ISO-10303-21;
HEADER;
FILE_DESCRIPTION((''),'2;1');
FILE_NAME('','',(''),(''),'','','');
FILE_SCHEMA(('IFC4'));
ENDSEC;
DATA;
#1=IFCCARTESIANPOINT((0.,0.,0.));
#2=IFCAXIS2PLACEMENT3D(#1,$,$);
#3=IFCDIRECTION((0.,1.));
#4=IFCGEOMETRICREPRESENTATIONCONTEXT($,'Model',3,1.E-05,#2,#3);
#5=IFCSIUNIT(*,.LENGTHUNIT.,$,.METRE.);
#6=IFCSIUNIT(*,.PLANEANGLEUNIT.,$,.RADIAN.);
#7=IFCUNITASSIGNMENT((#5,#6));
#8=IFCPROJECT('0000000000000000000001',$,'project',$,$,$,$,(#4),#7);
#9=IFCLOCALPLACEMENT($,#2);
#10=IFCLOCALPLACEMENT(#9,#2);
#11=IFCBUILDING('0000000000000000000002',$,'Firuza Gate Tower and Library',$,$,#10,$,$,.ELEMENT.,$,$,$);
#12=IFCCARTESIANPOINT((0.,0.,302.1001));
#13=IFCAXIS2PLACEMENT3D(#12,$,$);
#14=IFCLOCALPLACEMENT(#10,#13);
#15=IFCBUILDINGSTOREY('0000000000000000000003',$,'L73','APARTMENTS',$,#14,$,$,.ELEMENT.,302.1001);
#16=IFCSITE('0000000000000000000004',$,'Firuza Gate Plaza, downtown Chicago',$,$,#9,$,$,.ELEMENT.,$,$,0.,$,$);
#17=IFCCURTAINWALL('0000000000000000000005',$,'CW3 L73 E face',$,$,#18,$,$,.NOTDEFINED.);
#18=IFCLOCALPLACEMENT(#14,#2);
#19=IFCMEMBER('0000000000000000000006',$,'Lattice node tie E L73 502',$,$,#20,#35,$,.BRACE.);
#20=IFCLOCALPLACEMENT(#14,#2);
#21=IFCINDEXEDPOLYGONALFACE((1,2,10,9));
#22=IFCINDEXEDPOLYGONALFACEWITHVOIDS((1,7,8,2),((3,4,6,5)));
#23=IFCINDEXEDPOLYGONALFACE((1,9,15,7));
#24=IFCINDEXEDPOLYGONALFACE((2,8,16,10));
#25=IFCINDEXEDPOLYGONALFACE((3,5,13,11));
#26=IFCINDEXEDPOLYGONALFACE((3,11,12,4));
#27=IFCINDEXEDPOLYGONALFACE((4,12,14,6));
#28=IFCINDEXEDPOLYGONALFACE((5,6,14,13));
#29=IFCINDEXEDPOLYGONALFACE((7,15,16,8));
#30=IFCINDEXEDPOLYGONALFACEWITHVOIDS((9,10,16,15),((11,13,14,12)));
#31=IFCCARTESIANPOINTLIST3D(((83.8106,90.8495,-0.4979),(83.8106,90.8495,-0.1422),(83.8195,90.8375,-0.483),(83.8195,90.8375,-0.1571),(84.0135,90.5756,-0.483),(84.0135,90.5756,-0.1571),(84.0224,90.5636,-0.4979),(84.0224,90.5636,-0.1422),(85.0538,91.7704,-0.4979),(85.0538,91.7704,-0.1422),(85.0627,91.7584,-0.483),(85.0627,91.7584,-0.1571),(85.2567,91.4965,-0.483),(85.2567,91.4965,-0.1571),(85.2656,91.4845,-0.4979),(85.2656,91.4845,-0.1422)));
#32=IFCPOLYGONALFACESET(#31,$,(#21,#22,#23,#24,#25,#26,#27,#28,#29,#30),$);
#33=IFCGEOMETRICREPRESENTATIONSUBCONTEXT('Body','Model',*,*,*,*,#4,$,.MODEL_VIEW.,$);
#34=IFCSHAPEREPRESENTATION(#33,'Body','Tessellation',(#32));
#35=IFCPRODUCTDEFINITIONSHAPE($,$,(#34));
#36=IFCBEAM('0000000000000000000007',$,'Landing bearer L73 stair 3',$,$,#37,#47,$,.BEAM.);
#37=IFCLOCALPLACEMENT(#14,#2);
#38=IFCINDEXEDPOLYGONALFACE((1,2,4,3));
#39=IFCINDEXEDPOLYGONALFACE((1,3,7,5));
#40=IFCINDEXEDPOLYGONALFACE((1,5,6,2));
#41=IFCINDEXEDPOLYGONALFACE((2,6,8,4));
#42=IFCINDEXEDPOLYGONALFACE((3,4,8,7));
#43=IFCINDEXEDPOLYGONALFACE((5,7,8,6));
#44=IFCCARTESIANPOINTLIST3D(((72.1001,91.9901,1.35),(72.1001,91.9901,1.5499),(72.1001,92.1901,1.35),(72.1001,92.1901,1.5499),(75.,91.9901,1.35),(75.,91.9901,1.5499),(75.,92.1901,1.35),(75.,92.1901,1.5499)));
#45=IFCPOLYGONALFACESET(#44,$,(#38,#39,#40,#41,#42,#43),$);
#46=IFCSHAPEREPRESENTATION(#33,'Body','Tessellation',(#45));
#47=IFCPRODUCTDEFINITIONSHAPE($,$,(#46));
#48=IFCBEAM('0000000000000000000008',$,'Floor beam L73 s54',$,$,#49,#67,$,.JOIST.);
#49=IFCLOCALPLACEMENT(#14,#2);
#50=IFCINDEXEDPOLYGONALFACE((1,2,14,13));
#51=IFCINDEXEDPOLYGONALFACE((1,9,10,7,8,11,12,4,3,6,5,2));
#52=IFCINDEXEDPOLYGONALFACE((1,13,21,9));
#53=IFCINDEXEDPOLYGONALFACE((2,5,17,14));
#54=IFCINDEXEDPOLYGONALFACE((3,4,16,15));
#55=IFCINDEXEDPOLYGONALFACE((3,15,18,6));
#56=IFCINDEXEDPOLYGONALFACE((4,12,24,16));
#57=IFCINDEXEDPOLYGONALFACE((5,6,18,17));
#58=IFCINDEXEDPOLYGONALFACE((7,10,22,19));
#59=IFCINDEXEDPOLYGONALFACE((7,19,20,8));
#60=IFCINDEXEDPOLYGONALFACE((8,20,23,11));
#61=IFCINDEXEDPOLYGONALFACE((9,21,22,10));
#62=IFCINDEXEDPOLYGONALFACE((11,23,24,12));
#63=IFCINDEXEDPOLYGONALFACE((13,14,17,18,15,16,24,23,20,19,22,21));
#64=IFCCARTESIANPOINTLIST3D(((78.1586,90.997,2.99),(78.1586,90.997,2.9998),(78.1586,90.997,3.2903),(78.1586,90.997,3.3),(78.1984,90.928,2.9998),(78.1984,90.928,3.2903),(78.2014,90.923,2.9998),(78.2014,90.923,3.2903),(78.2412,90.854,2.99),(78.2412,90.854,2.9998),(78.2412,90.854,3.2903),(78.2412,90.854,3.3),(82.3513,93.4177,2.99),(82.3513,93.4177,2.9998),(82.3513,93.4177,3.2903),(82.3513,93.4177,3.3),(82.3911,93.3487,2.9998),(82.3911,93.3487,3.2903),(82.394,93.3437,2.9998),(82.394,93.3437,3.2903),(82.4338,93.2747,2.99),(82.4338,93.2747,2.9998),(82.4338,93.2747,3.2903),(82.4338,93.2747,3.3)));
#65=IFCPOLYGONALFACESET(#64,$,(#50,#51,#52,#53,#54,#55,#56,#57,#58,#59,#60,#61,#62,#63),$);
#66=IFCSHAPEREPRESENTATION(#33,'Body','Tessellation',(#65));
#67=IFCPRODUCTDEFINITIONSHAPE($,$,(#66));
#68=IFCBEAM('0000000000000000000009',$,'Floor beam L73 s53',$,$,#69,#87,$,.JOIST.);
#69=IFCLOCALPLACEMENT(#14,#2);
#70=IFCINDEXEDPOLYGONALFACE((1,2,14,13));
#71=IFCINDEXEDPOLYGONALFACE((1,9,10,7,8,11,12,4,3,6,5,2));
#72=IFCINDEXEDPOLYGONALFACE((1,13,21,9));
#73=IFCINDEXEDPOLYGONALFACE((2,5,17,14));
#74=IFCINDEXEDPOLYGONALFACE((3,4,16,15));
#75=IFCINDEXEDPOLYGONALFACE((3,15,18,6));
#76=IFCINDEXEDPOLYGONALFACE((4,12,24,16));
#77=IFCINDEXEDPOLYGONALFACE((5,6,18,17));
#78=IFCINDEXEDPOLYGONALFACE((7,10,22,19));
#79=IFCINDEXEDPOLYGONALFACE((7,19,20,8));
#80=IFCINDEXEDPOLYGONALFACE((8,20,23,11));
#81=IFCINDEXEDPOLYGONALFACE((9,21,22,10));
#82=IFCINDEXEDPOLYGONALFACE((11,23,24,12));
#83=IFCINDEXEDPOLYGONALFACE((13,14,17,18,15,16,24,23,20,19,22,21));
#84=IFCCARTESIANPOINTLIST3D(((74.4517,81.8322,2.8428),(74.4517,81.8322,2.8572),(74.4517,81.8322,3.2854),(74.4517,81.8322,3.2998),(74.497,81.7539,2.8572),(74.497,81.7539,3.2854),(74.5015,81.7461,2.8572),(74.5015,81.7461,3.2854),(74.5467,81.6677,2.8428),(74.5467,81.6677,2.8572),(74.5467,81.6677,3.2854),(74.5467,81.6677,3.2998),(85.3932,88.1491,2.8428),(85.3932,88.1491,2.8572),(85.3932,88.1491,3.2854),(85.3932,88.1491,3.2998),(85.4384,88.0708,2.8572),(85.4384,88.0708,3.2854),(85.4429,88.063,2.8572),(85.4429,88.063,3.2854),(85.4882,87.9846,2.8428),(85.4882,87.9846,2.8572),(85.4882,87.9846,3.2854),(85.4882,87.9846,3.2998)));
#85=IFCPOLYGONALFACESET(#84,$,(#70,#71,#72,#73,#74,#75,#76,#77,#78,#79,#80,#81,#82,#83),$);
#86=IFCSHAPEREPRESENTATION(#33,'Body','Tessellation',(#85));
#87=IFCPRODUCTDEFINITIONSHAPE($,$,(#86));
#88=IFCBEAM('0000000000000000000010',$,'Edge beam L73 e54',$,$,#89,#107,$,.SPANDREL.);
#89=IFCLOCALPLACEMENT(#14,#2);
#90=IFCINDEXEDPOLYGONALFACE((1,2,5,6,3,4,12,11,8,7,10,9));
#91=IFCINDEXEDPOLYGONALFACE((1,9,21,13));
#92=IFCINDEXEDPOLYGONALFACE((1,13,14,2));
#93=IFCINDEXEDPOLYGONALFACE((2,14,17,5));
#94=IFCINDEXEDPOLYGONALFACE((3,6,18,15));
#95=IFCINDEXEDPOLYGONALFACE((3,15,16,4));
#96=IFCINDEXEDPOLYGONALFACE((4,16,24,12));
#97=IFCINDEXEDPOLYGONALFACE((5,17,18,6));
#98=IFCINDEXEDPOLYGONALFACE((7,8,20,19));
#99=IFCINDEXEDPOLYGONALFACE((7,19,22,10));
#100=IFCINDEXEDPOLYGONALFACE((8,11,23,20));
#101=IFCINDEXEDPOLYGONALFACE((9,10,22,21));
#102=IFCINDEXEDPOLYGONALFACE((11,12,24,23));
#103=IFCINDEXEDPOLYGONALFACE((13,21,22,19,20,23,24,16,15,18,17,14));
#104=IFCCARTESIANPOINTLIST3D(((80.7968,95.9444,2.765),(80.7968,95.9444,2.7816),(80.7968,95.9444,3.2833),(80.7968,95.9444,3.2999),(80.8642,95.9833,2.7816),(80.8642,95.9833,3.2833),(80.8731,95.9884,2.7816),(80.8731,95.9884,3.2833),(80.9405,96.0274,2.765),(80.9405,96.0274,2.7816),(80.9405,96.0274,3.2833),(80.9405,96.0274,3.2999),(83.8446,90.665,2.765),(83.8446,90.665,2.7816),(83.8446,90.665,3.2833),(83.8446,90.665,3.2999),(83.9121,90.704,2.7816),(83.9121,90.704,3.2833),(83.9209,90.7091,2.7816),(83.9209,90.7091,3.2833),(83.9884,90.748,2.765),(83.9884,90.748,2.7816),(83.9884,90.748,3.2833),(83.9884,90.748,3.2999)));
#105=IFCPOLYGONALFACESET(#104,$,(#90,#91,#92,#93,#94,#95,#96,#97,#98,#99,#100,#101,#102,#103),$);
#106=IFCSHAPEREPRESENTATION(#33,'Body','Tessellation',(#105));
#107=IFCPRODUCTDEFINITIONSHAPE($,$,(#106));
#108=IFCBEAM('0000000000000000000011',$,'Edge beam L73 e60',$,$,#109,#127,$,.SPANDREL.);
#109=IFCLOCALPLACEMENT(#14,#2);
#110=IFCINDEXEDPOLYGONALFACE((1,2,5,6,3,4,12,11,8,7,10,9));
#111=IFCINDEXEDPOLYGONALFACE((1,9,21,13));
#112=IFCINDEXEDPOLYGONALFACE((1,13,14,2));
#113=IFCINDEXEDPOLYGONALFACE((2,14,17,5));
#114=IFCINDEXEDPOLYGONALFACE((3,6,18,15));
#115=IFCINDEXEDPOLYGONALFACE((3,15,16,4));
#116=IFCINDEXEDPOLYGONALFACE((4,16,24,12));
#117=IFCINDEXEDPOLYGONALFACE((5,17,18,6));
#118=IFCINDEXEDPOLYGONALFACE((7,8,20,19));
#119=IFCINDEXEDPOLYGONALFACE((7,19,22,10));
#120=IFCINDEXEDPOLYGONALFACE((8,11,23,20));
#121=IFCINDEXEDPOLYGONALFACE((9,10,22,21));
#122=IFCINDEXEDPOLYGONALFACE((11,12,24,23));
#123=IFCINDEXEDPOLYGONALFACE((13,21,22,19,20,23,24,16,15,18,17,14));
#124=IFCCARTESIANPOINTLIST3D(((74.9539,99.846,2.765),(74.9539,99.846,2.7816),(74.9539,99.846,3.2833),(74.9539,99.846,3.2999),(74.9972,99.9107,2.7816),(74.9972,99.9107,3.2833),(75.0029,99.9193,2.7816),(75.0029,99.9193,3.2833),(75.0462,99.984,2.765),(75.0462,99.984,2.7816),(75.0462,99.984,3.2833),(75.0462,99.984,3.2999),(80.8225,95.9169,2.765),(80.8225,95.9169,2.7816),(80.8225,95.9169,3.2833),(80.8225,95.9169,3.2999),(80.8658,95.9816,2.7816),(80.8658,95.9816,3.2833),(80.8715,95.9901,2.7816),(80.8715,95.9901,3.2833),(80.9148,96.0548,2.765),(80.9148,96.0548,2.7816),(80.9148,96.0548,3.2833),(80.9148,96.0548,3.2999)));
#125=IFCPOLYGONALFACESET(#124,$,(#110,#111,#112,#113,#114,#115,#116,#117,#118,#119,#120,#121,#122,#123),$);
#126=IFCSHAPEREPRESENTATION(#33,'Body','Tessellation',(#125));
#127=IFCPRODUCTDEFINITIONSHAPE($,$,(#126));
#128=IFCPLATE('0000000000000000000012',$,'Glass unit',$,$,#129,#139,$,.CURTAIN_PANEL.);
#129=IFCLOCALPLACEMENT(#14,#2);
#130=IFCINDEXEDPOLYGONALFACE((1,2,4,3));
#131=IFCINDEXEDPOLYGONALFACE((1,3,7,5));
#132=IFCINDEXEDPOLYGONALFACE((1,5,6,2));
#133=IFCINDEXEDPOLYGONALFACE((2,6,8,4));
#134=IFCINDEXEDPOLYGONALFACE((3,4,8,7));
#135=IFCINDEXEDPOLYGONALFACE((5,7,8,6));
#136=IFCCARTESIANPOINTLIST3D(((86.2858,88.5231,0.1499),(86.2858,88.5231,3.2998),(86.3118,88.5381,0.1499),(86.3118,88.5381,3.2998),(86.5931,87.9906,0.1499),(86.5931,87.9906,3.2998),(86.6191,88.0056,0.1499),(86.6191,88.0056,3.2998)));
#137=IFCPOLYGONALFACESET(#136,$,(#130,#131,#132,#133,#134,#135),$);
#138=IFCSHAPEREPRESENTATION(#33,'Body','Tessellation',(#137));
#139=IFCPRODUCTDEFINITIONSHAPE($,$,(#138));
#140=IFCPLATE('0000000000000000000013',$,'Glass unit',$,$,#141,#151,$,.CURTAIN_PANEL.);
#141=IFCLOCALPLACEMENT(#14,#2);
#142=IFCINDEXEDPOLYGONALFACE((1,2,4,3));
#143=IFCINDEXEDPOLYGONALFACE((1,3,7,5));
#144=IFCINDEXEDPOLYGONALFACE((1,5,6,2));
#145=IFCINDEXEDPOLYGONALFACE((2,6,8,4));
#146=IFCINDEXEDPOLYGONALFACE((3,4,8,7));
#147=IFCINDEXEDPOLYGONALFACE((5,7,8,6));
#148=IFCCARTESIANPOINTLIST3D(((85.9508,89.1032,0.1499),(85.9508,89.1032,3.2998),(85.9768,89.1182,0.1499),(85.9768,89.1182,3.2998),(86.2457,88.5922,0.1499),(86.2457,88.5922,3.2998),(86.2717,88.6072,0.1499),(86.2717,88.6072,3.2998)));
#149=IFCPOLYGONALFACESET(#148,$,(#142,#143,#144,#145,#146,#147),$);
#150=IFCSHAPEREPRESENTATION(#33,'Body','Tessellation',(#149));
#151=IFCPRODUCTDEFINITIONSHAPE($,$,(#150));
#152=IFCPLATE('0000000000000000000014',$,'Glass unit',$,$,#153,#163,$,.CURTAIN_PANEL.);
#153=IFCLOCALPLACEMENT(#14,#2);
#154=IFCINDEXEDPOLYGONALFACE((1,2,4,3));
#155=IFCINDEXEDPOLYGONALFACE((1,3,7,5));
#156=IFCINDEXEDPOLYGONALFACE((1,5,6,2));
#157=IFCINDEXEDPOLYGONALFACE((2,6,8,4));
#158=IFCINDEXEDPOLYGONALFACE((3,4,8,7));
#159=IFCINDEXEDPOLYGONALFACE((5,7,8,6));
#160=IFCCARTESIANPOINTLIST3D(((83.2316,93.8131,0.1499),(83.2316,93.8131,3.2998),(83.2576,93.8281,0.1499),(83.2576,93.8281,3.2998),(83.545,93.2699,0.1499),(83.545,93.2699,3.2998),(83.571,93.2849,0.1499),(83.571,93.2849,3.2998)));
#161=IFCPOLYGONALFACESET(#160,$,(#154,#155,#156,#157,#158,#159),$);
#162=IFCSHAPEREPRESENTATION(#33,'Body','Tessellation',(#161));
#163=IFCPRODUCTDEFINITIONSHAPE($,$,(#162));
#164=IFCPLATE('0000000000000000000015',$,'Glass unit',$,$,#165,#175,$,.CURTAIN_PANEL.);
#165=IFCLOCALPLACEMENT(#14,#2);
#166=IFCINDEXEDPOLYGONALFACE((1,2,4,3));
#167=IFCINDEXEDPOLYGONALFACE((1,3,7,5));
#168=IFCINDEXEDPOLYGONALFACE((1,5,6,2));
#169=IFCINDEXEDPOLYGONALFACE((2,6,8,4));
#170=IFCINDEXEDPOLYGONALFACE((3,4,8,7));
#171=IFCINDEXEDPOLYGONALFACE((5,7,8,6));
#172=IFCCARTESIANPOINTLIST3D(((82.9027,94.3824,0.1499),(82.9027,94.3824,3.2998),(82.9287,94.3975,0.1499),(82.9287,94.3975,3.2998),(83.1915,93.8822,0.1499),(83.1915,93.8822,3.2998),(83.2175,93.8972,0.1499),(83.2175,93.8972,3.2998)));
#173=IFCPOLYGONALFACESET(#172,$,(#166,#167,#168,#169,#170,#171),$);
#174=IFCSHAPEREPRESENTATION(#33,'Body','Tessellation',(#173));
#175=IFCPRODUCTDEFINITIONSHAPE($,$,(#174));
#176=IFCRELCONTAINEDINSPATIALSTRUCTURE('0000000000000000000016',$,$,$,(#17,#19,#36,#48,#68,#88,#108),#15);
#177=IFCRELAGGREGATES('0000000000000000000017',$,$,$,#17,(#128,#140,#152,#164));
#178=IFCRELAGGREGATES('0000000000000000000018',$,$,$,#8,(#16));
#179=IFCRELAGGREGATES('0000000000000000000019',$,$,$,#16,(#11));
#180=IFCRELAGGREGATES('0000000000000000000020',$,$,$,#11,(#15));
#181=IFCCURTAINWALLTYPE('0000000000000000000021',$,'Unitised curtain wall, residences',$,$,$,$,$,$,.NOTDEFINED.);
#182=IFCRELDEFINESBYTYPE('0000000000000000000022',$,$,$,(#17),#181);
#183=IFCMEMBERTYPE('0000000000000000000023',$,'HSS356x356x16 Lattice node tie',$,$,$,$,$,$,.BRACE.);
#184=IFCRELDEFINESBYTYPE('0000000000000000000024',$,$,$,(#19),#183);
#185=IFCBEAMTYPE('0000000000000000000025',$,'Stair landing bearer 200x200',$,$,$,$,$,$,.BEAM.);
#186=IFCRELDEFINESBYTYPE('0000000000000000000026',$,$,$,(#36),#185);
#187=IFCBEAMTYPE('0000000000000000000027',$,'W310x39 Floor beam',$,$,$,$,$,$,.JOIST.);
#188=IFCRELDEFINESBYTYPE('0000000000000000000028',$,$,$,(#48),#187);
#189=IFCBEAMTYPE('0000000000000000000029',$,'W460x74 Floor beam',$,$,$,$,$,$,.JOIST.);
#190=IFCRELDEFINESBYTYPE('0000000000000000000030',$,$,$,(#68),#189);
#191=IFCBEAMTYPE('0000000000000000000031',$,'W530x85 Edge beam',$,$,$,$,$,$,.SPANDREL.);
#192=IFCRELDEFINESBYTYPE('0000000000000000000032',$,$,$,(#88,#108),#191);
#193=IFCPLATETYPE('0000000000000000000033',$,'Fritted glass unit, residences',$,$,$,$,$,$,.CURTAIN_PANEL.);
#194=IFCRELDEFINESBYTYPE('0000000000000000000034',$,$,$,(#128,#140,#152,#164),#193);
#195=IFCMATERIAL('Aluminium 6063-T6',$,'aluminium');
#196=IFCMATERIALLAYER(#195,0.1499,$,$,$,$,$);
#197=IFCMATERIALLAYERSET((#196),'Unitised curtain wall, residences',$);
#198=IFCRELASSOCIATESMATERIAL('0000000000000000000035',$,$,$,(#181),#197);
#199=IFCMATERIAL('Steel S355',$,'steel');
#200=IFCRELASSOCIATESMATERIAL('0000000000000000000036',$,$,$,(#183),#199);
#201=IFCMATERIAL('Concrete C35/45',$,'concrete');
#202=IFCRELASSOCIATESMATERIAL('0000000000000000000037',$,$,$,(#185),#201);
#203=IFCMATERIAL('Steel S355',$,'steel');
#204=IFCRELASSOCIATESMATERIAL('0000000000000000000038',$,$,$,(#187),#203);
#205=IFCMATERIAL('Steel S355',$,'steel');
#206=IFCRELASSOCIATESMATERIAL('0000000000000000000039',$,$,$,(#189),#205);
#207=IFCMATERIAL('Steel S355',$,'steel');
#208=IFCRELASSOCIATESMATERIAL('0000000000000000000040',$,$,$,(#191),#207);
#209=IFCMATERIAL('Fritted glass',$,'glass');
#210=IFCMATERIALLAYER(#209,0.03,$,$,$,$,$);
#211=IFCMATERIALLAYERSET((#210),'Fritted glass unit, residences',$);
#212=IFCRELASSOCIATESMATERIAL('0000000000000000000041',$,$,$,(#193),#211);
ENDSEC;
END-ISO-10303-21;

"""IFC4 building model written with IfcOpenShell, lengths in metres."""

from ifc_helpers import new_model, si_unit, direction, frame, origin, origin_2d, place, context, subcontext, project, spatial, polyline, rectangle, hollow_rectangle, i_section, outline, extrude, material, layer, layer_set, material_profile, profile_set, type_object, element, aggregate, save


model = new_model("IFC4")

# Units and contexts
model_context = context("Model", 3, precision=1e-05, world=origin(), true_north=direction((0.0, 1.0)))
body_context = subcontext(model_context, "Body", "Model", "MODEL_VIEW")
ifc_project = project(units=[si_unit("LENGTHUNIT", "METRE"), si_unit("PLANEANGLEUNIT", "RADIAN")], contexts=[model_context])

# Site, building, storey
site_placement = place(None, origin())
site = spatial("IfcSite", under=ifc_project, at=site_placement, Name="Firuza Gate Plaza, downtown Chicago", CompositionType="ELEMENT", RefElevation=0.0)
building_placement = place(site_placement, origin())
building = spatial("IfcBuilding", under=site, at=building_placement, Name="Firuza Gate Tower and Library", CompositionType="ELEMENT")
storey_placement = place(building_placement, frame((0.0, 0.0, 302.1001)))
storey = spatial("IfcBuildingStorey", under=building, at=storey_placement, Name="L73", Description="APARTMENTS", CompositionType="ELEMENT", Elevation=302.1001)

# Curtain wall
ifc_material_1 = material(Name="Aluminium 6063-T6", Category="aluminium")
ifc_layer_1 = layer(ifc_material_1, 0.1499)
ifc_layer_set_1 = layer_set([ifc_layer_1], Name="Unitised curtain wall, residences")
curtain_wall_type = type_object("IfcCurtainWallType", Name="Unitised curtain wall, residences", PredefinedType="NOTDEFINED", material=ifc_layer_set_1)
placement = place(storey_placement, origin())
curtain_wall = element("IfcCurtainWall", 1, at=placement, inside=storey, type_object=curtain_wall_type, Name="CW3 L73 E face", PredefinedType="NOTDEFINED")

# Member
ifc_material_2 = material(Name="Steel S355", Category="steel")
ifc_material_profile_1 = material_profile(ifc_material_2, hollow_rectangle(XDim=0.3557, YDim=0.3557, WallThickness=0.0149, at=origin_2d()))
ifc_profile_set_1 = profile_set([ifc_material_profile_1], Name="Steel S355")
member_type_1 = type_object("IfcMemberType", Name="HSS356x356x16 Lattice node tie", PredefinedType="BRACE", material=ifc_profile_set_1)
member_1_placement = place(storey_placement, frame((83.9165, 90.7065, -0.3201), z_axis=(0.803546, 0.595243, 0.0), x_axis=(-0.595243, 0.803546, 0.0)))
element("IfcMember", 2, at=member_1_placement, inside=storey, type_object=member_type_1, Name="Lattice node tie E L73 502", PredefinedType="BRACE", context=body_context, shape_type="SweptSolid", body=[
    extrude(hollow_rectangle(XDim=0.3557, YDim=0.3557, WallThickness=0.0149, at=origin_2d()), origin(), (0.0, 0.0, 1.0), 1.5471),
])

# Beams
ifc_material_3 = material(Name="Concrete C35/45", Category="concrete")
ifc_material_profile_2 = material_profile(ifc_material_3, rectangle(XDim=0.2, YDim=0.2, at=origin_2d()))
ifc_profile_set_2 = profile_set([ifc_material_profile_2], Name="Concrete C35/45")
beam_type_1 = type_object("IfcBeamType", Name="Stair landing bearer 200x200", PredefinedType="BEAM", material=ifc_profile_set_2)
beam_1_placement = place(storey_placement, frame((75.0, 92.0901, 1.45), z_axis=(-1.0, 0.0, 0.0), x_axis=(0.0, -1.0, 0.0)))
element("IfcBeam", 3, at=beam_1_placement, inside=storey, type_object=beam_type_1, Name="Landing bearer L73 stair 3", PredefinedType="BEAM", context=body_context, shape_type="SweptSolid", body=[
    extrude(rectangle(XDim=0.2, YDim=0.2, at=origin_2d()), origin(), (0.0, 0.0, 1.0), 2.8999),
])
ifc_material_4 = material(Name="Steel S355", Category="steel")
ifc_material_profile_3 = material_profile(ifc_material_4, i_section(OverallWidth=0.165, OverallDepth=0.3101, WebThickness=0.0059, FlangeThickness=0.0098, at=origin_2d()))
ifc_profile_set_3 = profile_set([ifc_material_profile_3], Name="Steel S355")
beam_type_2 = type_object("IfcBeamType", Name="W310x39 Floor beam", PredefinedType="JOIST", material=ifc_profile_set_3)
beam_2_placement = place(storey_placement, frame((82.3926, 93.3462, 3.145), z_axis=(-0.866022, -0.500006, 0.0), x_axis=(0.500006, -0.866022, 0.0)))
element("IfcBeam", 4, at=beam_2_placement, inside=storey, type_object=beam_type_2, Name="Floor beam L73 s54", PredefinedType="JOIST", context=body_context, shape_type="SweptSolid", body=[
    extrude(i_section(OverallWidth=0.165, OverallDepth=0.3101, WebThickness=0.0059, FlangeThickness=0.0098, at=origin_2d()), origin(), (0.0, 0.0, 1.0), 4.8413),
])
ifc_material_5 = material(Name="Steel S355", Category="steel")
ifc_material_profile_4 = material_profile(ifc_material_5, i_section(OverallWidth=0.1899, OverallDepth=0.457, WebThickness=0.009, FlangeThickness=0.0144, at=origin_2d()))
ifc_profile_set_4 = profile_set([ifc_material_profile_4], Name="Steel S355")
beam_type_3 = type_object("IfcBeamType", Name="W460x74 Floor beam", PredefinedType="JOIST", material=ifc_profile_set_4)
beam_3_placement = place(storey_placement, frame((85.4407, 88.0669, 3.0713), z_axis=(-0.86603, -0.499992, 0.0), x_axis=(0.499992, -0.86603, 0.0)))
element("IfcBeam", 5, at=beam_3_placement, inside=storey, type_object=beam_type_3, Name="Floor beam L73 s53", PredefinedType="JOIST", context=body_context, shape_type="SweptSolid", body=[
    extrude(i_section(OverallWidth=0.1899, OverallDepth=0.457, WebThickness=0.009, FlangeThickness=0.0144, at=origin_2d()), origin(), (0.0, 0.0, 1.0), 12.634),
])
ifc_material_6 = material(Name="Steel S355", Category="steel")
ifc_material_profile_5 = material_profile(ifc_material_6, i_section(OverallWidth=0.166, OverallDepth=0.5349, WebThickness=0.0103, FlangeThickness=0.0166, at=origin_2d()))
ifc_profile_set_5 = profile_set([ifc_material_profile_5], Name="Steel S355")
beam_type_4 = type_object("IfcBeamType", Name="W530x85 Edge beam", PredefinedType="SPANDREL", material=ifc_profile_set_5)
beam_4_placement = place(storey_placement, frame((83.9165, 90.7065, 3.0325), z_axis=(-0.499981, 0.866036, 0.0), x_axis=(-0.866036, -0.499981, 0.0)))
element("IfcBeam", 6, at=beam_4_placement, inside=storey, type_object=beam_type_4, Name="Edge beam L73 e54", PredefinedType="SPANDREL", context=body_context, shape_type="SweptSolid", body=[
    extrude(i_section(OverallWidth=0.166, OverallDepth=0.5349, WebThickness=0.0103, FlangeThickness=0.0166, at=origin_2d()), origin(), (0.0, 0.0, 1.0), 6.0959),
])
beam_5_placement = place(storey_placement, frame((80.8687, 95.9858, 3.0325), z_axis=(-0.830953, 0.556342, 0.0), x_axis=(-0.556342, -0.830953, 0.0)))
element("IfcBeam", 7, at=beam_5_placement, inside=storey, type_object=beam_type_4, Name="Edge beam L73 e60", PredefinedType="SPANDREL", context=body_context, shape_type="SweptSolid", body=[
    extrude(i_section(OverallWidth=0.166, OverallDepth=0.5349, WebThickness=0.0103, FlangeThickness=0.0166, at=origin_2d()), origin(), (0.0, 0.0, 1.0), 7.0625),
])

# Plates
ifc_material_7 = material(Name="Fritted glass", Category="glass")
ifc_layer_2 = layer(ifc_material_7, 0.03)
ifc_layer_set_2 = layer_set([ifc_layer_2], Name="Fritted glass unit, residences")
plate_type_1 = type_object("IfcPlateType", Name="Fritted glass unit, residences", PredefinedType="CURTAIN_PANEL", material=ifc_layer_set_2)
plate_1_placement = place(storey_placement, frame((86.6191, 88.0056, 0.1499), z_axis=(0.86606, 0.49994, 0.0), x_axis=(-0.49994, 0.86606, 0.0)))
plate_1 = element("IfcPlate", 8, at=plate_1_placement, type_object=plate_type_1, Name="Glass unit", PredefinedType="CURTAIN_PANEL", context=body_context, shape_type="SweptSolid", body=[
    extrude(outline(polyline([(0.0, 0.0), (0.6148, 0.0), (0.6148, 3.1499), (0.0, 3.1499), (0.0, 0.0)])), origin(), (0.0, 0.0, -1.0), 0.03),
])
plate_2_placement = place(storey_placement, frame((86.2717, 88.6072, 0.1499), z_axis=(0.866096, 0.499878, 0.0), x_axis=(-0.499878, 0.866096, 0.0)))
plate_2 = element("IfcPlate", 9, at=plate_2_placement, type_object=plate_type_1, Name="Glass unit", PredefinedType="CURTAIN_PANEL", context=body_context, shape_type="SweptSolid", body=[
    extrude(outline(polyline([(0.0, 0.0), (0.59, 0.0), (0.59, 3.1499), (0.0, 3.1499), (0.0, 0.0)])), origin(), (0.0, 0.0, -1.0), 0.03),
])
plate_3_placement = place(storey_placement, frame((83.571, 93.2849, 0.1499), z_axis=(0.866127, 0.499824, 0.0), x_axis=(-0.499824, 0.866127, 0.0)))
plate_3 = element("IfcPlate", 10, at=plate_3_placement, type_object=plate_type_1, Name="Glass unit", PredefinedType="CURTAIN_PANEL", context=body_context, shape_type="SweptSolid", body=[
    extrude(outline(polyline([(0.0, 0.0), (0.6272, 0.0), (0.6272, 3.1499), (0.0, 3.1499), (0.0, 0.0)])), origin(), (0.0, 0.0, -1.0), 0.03),
])
plate_4_placement = place(storey_placement, frame((83.2175, 93.8972, 0.1499), z_axis=(0.866024, 0.500003, 0.0), x_axis=(-0.500003, 0.866024, 0.0)))
plate_4 = element("IfcPlate", 11, at=plate_4_placement, type_object=plate_type_1, Name="Glass unit", PredefinedType="CURTAIN_PANEL", context=body_context, shape_type="SweptSolid", body=[
    extrude(outline(polyline([(0.0, 0.0), (0.5776, 0.0), (0.5776, 3.1499), (0.0, 3.1499), (0.0, 0.0)])), origin(), (0.0, 0.0, -1.0), 0.03),
])
aggregate(curtain_wall, [plate_1, plate_2, plate_3, plate_4])

save(model, "model.ifc")
